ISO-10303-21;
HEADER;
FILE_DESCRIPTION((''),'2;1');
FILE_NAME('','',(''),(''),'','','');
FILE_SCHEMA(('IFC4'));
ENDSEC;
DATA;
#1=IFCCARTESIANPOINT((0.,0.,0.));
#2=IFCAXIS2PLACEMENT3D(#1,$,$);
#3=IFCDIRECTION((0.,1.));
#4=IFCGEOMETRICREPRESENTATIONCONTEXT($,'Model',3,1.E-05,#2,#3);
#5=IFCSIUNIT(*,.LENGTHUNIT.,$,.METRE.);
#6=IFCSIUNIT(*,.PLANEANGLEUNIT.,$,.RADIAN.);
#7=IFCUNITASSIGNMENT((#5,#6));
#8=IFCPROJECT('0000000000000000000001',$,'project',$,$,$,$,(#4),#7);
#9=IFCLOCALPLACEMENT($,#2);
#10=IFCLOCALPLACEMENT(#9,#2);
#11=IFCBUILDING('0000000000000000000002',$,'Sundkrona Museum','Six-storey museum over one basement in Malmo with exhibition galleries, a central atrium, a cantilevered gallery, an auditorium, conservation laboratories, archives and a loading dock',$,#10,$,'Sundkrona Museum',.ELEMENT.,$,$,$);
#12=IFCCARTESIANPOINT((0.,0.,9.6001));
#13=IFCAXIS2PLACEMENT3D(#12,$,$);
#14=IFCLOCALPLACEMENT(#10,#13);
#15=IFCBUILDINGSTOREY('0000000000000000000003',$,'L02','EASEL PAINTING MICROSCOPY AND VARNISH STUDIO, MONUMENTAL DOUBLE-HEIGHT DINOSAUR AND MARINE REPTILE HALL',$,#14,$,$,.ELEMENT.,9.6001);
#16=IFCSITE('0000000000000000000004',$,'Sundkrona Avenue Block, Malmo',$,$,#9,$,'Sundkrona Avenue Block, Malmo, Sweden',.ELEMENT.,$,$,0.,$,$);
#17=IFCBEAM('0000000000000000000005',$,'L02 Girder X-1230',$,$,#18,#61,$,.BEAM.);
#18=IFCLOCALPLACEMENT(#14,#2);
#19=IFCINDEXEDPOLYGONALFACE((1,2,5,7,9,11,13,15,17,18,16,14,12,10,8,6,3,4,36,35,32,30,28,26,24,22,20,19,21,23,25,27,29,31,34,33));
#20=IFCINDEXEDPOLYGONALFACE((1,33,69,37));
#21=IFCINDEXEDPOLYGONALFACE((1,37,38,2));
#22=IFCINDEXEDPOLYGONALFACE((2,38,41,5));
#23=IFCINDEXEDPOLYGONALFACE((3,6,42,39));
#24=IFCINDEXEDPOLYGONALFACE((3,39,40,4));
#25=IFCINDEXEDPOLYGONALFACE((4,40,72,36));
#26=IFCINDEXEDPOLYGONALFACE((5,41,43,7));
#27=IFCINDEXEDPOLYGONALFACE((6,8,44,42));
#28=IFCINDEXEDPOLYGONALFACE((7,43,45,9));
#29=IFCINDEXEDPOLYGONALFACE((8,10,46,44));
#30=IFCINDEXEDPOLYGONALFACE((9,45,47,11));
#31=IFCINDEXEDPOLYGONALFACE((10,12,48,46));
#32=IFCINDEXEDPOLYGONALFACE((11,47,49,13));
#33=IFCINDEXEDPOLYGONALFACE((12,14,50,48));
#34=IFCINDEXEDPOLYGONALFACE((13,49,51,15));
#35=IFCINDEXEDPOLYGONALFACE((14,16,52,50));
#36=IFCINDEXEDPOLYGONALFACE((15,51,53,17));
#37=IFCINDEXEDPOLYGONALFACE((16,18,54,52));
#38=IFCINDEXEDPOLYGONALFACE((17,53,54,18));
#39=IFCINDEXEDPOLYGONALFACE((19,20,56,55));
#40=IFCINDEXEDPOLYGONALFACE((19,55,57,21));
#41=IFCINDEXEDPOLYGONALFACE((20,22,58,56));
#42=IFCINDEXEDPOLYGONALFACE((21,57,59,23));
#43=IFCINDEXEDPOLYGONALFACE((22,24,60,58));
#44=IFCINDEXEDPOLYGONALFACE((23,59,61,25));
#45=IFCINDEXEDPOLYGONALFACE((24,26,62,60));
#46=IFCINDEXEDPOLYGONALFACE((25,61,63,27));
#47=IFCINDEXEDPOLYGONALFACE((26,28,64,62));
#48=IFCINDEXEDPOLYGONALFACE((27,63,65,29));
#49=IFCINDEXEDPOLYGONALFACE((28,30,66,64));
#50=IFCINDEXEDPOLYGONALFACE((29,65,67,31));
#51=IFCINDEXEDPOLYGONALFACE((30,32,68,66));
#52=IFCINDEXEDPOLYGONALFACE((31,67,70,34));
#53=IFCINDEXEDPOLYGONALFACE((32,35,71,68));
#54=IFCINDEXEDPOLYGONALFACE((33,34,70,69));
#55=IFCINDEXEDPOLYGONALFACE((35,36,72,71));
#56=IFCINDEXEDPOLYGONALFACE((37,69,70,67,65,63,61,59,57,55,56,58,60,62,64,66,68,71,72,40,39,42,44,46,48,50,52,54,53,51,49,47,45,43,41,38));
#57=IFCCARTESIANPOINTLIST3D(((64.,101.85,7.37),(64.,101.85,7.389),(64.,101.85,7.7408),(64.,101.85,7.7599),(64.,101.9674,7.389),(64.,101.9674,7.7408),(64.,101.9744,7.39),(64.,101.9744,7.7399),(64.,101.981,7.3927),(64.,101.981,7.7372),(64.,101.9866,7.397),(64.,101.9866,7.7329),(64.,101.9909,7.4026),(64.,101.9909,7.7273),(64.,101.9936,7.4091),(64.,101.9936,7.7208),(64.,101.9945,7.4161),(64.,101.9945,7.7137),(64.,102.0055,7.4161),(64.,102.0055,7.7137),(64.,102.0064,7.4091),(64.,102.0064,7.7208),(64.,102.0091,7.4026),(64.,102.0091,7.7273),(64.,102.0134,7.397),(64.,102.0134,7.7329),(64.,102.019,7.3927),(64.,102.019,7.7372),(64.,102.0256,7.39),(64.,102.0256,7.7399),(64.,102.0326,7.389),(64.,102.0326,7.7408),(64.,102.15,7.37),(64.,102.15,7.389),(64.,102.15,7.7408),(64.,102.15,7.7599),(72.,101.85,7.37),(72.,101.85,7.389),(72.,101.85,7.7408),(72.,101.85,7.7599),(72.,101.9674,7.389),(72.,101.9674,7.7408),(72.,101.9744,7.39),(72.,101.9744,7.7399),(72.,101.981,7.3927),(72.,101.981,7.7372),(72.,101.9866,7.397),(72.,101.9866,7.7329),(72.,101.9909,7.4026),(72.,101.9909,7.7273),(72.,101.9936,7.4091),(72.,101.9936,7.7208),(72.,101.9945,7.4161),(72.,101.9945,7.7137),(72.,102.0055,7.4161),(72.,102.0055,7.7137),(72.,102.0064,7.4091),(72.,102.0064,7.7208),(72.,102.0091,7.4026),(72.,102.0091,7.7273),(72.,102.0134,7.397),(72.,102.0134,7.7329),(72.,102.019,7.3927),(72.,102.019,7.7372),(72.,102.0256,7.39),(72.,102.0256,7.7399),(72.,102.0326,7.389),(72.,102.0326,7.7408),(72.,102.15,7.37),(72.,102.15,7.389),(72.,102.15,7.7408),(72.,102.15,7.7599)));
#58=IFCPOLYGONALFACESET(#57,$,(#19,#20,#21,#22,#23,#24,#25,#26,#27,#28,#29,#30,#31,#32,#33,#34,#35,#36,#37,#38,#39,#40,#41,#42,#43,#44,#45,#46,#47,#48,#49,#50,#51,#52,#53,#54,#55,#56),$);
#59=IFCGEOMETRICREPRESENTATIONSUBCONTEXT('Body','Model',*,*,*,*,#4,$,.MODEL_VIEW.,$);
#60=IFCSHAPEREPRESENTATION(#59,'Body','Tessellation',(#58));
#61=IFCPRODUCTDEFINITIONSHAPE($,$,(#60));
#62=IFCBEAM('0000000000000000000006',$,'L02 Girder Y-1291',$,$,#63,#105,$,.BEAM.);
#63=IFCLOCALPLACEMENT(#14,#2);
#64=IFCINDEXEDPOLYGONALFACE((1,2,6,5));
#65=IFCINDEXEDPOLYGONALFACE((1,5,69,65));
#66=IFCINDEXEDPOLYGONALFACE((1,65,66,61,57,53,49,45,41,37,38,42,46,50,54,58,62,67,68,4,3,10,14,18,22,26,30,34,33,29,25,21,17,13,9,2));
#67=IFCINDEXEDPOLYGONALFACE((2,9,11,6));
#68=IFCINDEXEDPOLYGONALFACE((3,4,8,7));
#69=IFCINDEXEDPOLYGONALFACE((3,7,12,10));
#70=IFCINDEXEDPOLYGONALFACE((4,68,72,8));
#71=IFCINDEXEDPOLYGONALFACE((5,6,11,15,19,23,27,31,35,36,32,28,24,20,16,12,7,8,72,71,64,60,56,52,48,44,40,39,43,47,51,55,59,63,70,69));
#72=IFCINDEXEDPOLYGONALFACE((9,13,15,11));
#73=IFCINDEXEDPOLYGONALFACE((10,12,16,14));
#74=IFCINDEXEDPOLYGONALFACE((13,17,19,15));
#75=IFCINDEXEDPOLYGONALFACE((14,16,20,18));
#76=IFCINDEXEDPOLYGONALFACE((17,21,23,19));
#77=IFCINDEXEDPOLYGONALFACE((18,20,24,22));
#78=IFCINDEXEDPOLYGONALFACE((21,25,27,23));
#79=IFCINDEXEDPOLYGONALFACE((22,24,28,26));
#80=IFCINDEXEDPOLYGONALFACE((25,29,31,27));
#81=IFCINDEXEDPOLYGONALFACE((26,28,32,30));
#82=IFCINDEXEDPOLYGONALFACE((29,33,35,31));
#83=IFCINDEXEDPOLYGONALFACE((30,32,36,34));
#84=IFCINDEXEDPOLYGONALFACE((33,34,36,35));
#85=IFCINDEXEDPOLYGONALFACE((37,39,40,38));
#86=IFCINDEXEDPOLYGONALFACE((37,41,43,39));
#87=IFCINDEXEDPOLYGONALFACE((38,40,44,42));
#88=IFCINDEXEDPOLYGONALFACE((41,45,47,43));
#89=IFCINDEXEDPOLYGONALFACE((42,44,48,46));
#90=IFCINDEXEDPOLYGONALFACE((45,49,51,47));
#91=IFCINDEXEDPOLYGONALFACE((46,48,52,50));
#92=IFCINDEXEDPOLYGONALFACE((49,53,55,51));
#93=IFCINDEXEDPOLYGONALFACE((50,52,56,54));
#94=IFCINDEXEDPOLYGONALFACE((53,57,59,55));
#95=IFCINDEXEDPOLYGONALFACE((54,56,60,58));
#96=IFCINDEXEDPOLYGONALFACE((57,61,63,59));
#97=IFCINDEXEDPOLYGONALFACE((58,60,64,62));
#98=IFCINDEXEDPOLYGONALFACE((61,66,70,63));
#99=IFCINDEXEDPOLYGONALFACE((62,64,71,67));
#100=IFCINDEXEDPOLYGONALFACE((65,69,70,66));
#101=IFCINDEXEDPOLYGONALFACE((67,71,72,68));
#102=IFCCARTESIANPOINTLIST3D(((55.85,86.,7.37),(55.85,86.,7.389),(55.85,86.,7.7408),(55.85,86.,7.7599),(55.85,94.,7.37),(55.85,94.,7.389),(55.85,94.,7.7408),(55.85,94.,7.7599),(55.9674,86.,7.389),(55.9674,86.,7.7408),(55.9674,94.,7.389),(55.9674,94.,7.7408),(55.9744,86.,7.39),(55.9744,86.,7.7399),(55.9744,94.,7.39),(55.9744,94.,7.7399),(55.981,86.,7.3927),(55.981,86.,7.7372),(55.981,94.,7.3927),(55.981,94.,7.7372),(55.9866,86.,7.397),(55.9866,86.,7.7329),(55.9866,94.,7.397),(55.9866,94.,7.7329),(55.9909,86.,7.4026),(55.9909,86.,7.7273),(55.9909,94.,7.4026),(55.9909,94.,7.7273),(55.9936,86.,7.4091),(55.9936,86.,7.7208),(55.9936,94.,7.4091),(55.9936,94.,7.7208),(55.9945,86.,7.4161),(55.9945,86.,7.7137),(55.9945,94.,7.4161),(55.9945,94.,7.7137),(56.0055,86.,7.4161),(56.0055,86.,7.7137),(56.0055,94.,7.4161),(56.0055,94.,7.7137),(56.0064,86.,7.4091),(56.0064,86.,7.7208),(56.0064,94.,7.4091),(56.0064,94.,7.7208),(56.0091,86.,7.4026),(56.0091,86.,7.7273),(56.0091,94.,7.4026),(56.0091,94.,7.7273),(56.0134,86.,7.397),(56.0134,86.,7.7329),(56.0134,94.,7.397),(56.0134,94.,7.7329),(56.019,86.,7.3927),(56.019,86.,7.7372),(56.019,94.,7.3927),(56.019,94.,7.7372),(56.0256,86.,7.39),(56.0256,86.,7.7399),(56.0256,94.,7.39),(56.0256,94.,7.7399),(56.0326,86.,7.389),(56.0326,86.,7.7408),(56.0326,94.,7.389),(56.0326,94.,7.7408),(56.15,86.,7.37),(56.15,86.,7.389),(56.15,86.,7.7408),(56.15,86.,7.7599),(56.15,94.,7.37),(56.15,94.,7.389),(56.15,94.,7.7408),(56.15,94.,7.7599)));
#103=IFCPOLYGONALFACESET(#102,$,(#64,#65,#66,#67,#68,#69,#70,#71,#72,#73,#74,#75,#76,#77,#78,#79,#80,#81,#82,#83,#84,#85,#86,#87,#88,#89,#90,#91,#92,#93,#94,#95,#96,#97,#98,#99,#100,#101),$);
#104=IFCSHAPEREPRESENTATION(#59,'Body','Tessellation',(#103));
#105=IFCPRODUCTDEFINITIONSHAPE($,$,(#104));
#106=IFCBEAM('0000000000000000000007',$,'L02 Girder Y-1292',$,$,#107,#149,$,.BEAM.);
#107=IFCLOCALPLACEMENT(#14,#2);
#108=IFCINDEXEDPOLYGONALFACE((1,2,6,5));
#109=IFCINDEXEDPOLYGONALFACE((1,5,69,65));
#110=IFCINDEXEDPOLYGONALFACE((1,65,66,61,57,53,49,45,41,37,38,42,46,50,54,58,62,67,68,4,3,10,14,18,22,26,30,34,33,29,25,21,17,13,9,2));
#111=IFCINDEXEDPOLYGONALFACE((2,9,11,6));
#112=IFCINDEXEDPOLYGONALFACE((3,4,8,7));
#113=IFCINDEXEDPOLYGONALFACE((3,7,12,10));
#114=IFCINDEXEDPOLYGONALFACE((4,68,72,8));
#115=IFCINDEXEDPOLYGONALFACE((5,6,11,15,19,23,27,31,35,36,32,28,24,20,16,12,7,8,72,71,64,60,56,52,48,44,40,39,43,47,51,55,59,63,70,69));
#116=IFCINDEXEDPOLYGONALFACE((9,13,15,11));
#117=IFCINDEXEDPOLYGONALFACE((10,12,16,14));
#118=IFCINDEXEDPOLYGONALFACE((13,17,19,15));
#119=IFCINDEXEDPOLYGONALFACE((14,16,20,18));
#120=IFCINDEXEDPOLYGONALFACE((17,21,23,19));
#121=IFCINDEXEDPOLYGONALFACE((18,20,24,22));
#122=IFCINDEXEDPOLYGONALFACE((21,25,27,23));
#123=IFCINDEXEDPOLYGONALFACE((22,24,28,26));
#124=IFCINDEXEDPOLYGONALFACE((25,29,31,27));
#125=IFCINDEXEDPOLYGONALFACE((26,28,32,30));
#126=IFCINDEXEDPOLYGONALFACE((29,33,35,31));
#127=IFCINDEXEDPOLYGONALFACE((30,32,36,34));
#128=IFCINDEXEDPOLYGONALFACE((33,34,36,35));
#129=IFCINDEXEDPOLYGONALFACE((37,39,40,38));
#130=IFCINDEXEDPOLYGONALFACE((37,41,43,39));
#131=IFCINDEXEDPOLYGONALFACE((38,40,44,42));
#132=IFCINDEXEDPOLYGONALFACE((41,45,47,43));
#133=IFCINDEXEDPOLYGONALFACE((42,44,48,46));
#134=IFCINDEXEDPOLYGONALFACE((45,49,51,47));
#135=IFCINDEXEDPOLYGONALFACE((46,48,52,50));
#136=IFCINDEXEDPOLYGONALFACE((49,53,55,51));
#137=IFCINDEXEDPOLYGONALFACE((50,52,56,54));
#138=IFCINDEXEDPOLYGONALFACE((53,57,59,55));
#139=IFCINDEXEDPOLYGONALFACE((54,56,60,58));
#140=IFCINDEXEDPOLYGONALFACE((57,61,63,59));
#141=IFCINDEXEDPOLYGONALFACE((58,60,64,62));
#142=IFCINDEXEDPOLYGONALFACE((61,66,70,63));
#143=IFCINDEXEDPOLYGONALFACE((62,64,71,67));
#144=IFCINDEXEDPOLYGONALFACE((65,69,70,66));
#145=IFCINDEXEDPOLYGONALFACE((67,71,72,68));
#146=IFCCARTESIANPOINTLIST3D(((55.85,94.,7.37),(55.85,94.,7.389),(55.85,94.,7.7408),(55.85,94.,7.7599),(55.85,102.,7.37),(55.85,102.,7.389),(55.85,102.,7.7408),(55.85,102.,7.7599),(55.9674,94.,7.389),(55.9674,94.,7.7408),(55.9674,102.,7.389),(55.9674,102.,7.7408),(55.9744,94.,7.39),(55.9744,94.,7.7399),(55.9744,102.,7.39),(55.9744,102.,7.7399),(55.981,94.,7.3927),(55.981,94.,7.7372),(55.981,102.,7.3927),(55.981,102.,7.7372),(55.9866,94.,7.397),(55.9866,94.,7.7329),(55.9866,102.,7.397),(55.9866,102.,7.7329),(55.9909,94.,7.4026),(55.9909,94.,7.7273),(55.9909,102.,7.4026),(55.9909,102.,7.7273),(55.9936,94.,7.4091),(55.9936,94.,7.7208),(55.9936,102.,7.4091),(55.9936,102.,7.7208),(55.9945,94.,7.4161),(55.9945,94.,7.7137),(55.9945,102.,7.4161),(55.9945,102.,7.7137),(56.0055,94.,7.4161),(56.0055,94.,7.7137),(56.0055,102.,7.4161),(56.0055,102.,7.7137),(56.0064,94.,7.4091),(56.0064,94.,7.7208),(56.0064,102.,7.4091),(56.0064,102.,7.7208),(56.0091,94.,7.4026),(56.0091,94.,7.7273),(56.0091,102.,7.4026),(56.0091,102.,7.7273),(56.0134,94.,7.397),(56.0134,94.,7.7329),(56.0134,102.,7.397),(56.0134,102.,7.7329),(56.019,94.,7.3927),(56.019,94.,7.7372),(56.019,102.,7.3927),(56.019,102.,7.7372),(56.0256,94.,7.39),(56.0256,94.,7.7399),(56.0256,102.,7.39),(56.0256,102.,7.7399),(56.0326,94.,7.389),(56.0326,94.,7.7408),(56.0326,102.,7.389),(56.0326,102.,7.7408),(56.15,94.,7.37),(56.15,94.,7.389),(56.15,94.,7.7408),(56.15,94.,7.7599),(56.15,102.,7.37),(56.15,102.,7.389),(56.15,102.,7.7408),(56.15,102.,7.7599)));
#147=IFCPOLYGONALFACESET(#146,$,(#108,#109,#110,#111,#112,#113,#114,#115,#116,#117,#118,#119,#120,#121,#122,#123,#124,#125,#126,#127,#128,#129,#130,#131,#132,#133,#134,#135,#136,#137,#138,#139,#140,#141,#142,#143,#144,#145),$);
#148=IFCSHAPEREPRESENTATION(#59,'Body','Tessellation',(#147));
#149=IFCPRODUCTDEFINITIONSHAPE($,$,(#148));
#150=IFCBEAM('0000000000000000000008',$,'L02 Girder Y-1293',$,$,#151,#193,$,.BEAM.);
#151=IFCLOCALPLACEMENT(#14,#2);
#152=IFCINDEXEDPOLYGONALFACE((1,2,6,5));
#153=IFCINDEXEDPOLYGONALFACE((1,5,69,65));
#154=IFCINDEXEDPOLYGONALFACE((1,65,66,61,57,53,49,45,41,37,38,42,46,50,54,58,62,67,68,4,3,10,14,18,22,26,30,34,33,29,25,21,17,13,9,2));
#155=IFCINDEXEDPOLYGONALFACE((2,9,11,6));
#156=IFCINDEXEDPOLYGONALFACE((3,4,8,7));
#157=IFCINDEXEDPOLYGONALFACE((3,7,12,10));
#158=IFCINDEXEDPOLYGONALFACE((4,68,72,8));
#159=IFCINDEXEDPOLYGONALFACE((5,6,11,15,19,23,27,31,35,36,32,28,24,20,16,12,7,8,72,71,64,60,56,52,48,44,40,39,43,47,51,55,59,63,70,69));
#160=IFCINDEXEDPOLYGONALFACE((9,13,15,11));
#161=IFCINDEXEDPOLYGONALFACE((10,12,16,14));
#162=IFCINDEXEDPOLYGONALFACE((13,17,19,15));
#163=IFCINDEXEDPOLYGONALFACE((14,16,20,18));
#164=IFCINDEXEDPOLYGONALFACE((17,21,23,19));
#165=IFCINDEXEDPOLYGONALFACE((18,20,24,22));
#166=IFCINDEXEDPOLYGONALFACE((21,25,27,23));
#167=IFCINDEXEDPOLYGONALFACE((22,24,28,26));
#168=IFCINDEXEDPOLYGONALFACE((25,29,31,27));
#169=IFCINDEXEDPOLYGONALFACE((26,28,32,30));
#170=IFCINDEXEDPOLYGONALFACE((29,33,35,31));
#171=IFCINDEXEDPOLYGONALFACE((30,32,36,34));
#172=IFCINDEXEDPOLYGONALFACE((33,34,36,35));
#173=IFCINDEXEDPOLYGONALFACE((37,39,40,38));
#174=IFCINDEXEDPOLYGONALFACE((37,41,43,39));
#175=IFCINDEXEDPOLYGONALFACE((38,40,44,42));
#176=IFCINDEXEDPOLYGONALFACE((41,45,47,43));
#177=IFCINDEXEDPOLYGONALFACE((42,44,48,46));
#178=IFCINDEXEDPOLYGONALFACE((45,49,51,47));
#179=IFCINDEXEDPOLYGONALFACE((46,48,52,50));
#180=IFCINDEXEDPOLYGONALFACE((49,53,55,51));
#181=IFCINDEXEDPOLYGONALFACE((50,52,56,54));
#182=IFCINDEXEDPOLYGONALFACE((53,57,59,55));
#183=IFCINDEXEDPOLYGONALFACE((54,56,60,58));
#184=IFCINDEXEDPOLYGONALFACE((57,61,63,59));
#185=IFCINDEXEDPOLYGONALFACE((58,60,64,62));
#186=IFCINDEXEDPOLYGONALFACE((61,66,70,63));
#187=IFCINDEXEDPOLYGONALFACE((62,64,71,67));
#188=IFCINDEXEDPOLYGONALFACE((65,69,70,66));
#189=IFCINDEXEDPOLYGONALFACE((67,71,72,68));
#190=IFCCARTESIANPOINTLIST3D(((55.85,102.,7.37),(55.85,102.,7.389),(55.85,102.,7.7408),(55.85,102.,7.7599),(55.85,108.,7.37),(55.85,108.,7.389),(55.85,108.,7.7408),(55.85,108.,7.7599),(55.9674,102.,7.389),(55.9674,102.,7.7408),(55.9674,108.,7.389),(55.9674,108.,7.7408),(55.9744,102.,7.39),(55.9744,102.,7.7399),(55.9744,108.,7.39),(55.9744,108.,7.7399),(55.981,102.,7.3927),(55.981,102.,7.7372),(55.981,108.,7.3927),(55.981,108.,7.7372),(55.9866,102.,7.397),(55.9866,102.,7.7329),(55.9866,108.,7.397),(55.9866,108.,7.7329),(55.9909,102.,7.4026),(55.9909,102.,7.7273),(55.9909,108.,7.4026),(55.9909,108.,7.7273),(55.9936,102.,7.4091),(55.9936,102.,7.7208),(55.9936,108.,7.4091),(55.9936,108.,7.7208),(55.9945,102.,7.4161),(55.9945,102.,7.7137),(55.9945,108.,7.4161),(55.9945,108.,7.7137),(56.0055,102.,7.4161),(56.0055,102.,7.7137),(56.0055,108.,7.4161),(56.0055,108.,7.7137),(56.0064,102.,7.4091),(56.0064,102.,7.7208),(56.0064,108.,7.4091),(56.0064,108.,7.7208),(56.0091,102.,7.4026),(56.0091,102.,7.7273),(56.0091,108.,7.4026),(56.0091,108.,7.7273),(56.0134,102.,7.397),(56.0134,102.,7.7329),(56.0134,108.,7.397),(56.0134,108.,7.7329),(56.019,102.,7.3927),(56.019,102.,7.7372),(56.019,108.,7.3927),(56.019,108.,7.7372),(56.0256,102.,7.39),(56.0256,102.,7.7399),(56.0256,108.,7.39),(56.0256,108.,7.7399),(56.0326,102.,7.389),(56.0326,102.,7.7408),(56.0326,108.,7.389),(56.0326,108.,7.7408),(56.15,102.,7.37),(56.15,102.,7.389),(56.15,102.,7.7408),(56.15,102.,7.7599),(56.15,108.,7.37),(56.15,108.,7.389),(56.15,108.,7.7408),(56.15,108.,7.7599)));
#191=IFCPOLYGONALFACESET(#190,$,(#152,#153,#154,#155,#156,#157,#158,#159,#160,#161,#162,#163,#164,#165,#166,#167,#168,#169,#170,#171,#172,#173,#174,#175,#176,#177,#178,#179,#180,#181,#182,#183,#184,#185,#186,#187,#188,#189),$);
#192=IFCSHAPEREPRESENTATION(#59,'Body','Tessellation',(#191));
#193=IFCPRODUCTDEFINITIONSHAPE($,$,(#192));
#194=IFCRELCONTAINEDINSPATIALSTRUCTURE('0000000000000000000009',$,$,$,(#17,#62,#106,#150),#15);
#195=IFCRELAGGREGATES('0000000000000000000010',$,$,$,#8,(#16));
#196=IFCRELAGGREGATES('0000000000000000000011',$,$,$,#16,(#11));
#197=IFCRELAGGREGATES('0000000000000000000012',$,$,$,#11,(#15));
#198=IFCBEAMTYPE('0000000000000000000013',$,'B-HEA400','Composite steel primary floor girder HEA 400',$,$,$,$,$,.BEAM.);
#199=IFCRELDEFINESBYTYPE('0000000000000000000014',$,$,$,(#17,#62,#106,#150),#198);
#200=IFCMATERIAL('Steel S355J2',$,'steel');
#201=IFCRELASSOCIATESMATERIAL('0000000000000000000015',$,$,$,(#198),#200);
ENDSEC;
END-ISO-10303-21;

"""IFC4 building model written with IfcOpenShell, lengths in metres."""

from ifc_helpers import new_model, si_unit, direction, frame, origin, origin_2d, place, context, subcontext, project, spatial, i_section, extrude, material, material_profile, profile_set, type_object, element, save


model = new_model("IFC4")

# Units and contexts
model_context = context("Model", 3, precision=1e-05, world=origin(), true_north=direction((0.0, 1.0)))
body_context = subcontext(model_context, "Body", "Model", "MODEL_VIEW")
ifc_project = project(units=[si_unit("LENGTHUNIT", "METRE"), si_unit("PLANEANGLEUNIT", "RADIAN")], contexts=[model_context])

# Site, building, storey
site_placement = place(None, origin())
site = spatial("IfcSite", under=ifc_project, at=site_placement, Name="Sundkrona Avenue Block, Malmo", LongName="Sundkrona Avenue Block, Malmo, Sweden", CompositionType="ELEMENT", RefElevation=0.0)
building_placement = place(site_placement, origin())
building = spatial("IfcBuilding", under=site, at=building_placement, Name="Sundkrona Museum", Description="Six-storey museum over one basement in Malmo with exhibition galleries, a central atrium, a cantilevered gallery, an auditorium, conservation laboratories, archives and a loading dock", LongName="Sundkrona Museum", CompositionType="ELEMENT")
storey_placement = place(building_placement, frame((0.0, 0.0, 9.6001)))
storey = spatial("IfcBuildingStorey", under=building, at=storey_placement, Name="L02", Description="EASEL PAINTING MICROSCOPY AND VARNISH STUDIO, MONUMENTAL DOUBLE-HEIGHT DINOSAUR AND MARINE REPTILE HALL", CompositionType="ELEMENT", Elevation=9.6001)

# Shared definitions
ifc_material_1 = material(Name="Steel S355J2", Category="steel")

# Beams
ifc_material_profile_1 = material_profile(ifc_material_1, i_section(OverallWidth=0.3, OverallDepth=0.3899, WebThickness=0.011, FlangeThickness=0.019, FilletRadius=0.0271, at=origin_2d()), Name="HEA 400")
ifc_profile_set_1 = profile_set([ifc_material_profile_1], Name="Steel S355J2")
beam_type_1 = type_object("IfcBeamType", Name="B-HEA400", Description="Composite steel primary floor girder HEA 400", PredefinedType="BEAM", material=ifc_profile_set_1)
for number, where, z_axis, x_axis, name in (
    (1, (64.0, 102.0, 7.5649), (1.0, 0.0, 0.0), (0.0, 1.0, 0.0), "L02 Girder X-1230"),
    (2, (56.0, 86.0, 7.5649), (0.0, 1.0, 0.0), (-1.0, 0.0, 0.0), "L02 Girder Y-1291"),
    (3, (56.0, 94.0, 7.5649), (0.0, 1.0, 0.0), (-1.0, 0.0, 0.0), "L02 Girder Y-1292"),
):
    element("IfcBeam", number, at=place(storey_placement, frame(where, z_axis=z_axis, x_axis=x_axis)), inside=storey, type_object=beam_type_1, Name=name, PredefinedType="BEAM", context=body_context, shape_type="SweptSolid", body=[
        extrude(i_section(OverallWidth=0.3, OverallDepth=0.3899, WebThickness=0.011, FlangeThickness=0.019, FilletRadius=0.0271, at=origin_2d()), origin(), (0.0, 0.0, 1.0), 8.0),
    ])
beam_1_placement = place(storey_placement, frame((56.0, 102.0, 7.5649), z_axis=(0.0, 1.0, 0.0), x_axis=(-1.0, 0.0, 0.0)))
element("IfcBeam", 4, at=beam_1_placement, inside=storey, type_object=beam_type_1, Name="L02 Girder Y-1293", PredefinedType="BEAM", context=body_context, shape_type="SweptSolid", body=[
    extrude(i_section(OverallWidth=0.3, OverallDepth=0.3899, WebThickness=0.011, FlangeThickness=0.019, FilletRadius=0.0271, at=origin_2d()), origin(), (0.0, 0.0, 1.0), 6.0),
])

save(model, "model.ifc")
